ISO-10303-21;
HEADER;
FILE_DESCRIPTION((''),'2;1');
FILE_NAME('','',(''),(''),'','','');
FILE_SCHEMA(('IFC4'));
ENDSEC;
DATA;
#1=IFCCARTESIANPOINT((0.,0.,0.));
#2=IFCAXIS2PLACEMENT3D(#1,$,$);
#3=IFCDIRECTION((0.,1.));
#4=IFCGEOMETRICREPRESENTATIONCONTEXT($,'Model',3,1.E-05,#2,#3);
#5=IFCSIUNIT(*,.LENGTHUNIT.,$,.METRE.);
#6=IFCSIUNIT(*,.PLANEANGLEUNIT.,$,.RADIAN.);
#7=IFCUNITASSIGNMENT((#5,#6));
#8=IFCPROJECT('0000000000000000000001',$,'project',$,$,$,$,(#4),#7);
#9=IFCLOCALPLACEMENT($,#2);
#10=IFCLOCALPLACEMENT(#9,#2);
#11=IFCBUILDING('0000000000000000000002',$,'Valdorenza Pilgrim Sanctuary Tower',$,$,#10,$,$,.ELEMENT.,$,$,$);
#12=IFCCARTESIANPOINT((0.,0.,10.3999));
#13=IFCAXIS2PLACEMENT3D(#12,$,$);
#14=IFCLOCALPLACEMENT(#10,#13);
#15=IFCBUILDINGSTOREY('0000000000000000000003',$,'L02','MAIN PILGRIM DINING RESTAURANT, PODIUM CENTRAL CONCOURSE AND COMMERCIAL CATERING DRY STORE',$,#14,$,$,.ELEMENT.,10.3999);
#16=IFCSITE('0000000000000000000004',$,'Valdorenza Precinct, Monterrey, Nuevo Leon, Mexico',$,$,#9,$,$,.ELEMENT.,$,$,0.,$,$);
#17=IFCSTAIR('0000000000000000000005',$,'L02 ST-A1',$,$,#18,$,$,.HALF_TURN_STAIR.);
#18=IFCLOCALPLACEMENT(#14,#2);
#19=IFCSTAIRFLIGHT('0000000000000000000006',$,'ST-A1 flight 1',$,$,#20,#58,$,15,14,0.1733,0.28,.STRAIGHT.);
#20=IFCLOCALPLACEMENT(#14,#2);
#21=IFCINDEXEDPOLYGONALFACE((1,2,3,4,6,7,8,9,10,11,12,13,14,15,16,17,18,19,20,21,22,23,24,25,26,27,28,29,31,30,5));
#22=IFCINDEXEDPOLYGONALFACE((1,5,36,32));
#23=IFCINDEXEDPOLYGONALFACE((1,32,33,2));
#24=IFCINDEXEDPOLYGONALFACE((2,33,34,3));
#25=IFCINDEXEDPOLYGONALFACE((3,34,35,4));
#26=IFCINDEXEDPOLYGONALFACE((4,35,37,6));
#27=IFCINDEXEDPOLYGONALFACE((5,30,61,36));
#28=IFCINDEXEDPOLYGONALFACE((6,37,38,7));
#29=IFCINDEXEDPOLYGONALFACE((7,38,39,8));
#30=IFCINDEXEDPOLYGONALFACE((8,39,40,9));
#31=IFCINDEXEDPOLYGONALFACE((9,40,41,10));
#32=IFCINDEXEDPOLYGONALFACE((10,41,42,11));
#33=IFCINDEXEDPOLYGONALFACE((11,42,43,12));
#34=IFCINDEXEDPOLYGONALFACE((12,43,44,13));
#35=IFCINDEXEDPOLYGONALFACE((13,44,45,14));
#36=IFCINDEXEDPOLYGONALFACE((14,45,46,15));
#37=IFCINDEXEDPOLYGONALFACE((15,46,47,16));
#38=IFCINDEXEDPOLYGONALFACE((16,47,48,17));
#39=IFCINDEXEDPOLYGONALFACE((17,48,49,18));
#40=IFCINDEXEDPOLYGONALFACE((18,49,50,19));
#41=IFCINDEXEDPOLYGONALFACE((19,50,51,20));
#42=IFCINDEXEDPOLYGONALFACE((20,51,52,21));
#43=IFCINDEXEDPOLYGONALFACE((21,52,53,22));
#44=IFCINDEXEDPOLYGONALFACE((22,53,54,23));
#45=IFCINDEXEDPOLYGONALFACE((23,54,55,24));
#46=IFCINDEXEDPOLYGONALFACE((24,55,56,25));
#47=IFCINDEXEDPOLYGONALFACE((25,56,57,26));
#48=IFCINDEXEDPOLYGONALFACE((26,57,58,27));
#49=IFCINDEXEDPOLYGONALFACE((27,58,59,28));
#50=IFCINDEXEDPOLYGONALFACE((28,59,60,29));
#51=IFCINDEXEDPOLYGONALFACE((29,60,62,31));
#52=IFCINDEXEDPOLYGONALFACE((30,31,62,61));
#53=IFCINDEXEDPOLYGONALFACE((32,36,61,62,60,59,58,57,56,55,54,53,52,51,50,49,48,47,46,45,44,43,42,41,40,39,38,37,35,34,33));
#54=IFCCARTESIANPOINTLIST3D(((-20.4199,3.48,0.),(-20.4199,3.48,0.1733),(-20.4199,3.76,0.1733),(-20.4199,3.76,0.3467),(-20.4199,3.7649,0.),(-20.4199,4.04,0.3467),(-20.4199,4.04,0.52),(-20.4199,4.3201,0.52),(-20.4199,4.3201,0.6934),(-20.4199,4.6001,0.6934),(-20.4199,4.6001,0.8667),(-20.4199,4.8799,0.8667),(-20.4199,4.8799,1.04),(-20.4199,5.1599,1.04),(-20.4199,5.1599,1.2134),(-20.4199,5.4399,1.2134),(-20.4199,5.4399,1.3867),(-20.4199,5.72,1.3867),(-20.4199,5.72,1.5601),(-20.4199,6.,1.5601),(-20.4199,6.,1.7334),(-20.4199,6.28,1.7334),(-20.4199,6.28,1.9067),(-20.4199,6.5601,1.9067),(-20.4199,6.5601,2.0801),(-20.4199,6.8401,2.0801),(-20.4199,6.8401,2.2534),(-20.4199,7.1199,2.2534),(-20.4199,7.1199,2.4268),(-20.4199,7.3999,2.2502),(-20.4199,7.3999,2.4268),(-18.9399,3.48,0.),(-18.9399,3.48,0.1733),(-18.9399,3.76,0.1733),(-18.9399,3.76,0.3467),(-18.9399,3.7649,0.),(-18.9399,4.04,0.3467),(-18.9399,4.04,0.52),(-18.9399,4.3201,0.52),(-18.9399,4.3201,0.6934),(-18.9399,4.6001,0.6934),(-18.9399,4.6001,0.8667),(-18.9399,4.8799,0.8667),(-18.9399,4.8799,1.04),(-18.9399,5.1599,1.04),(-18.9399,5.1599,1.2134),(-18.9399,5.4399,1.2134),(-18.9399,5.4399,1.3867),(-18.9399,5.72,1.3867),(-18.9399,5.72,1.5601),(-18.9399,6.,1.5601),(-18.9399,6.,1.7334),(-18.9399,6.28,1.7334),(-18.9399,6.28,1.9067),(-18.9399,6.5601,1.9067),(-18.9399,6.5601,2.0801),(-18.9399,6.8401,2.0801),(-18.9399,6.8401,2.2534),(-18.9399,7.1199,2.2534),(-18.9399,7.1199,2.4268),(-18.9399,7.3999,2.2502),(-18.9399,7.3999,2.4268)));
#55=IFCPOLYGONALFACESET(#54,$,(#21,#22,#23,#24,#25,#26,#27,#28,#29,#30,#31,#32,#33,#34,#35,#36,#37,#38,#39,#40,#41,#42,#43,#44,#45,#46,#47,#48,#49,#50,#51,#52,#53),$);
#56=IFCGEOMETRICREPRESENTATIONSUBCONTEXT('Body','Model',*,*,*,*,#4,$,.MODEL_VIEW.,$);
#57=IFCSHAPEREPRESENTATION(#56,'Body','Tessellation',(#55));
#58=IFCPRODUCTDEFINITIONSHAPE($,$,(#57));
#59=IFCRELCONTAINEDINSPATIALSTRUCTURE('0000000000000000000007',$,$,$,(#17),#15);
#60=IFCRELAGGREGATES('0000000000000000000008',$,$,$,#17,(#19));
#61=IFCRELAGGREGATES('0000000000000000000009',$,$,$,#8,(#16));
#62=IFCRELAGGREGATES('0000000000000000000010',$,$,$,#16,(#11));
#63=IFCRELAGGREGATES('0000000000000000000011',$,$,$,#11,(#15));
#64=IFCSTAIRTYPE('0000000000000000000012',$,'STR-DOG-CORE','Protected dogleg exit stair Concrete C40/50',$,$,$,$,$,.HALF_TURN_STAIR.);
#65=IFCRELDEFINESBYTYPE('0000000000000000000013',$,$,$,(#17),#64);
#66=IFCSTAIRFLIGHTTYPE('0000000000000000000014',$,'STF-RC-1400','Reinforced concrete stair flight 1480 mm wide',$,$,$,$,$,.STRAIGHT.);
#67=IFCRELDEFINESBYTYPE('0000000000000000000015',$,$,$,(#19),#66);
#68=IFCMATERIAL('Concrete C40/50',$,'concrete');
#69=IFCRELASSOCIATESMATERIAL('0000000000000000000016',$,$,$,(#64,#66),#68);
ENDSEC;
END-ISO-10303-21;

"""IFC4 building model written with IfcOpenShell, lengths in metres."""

from ifc_helpers import new_model, si_unit, direction, frame, origin, place, context, subcontext, project, spatial, polyline, outline, extrude, material, type_object, element, aggregate, save


model = new_model("IFC4")

# Units and contexts
model_context = context("Model", 3, precision=1e-05, world=origin(), true_north=direction((0.0, 1.0)))
body_context = subcontext(model_context, "Body", "Model", "MODEL_VIEW")
ifc_project = project(units=[si_unit("LENGTHUNIT", "METRE"), si_unit("PLANEANGLEUNIT", "RADIAN")], contexts=[model_context])

# Site, building, storey
site_placement = place(None, origin())
site = spatial("IfcSite", under=ifc_project, at=site_placement, Name="Valdorenza Precinct, Monterrey, Nuevo Leon, Mexico", CompositionType="ELEMENT", RefElevation=0.0)
building_placement = place(site_placement, origin())
building = spatial("IfcBuilding", under=site, at=building_placement, Name="Valdorenza Pilgrim Sanctuary Tower", CompositionType="ELEMENT")
storey_placement = place(building_placement, frame((0.0, 0.0, 10.3999)))
storey = spatial("IfcBuildingStorey", under=building, at=storey_placement, Name="L02", Description="MAIN PILGRIM DINING RESTAURANT, PODIUM CENTRAL CONCOURSE AND COMMERCIAL CATERING DRY STORE", CompositionType="ELEMENT", Elevation=10.3999)

# Shared definitions
ifc_material_1 = material(Name="Concrete C40/50", Category="concrete")

# Stair, stair flight
stair_type = type_object("IfcStairType", Name="STR-DOG-CORE", Description="Protected dogleg exit stair Concrete C40/50", PredefinedType="HALF_TURN_STAIR", material=ifc_material_1)
stair_placement = place(storey_placement, origin())
stair = element("IfcStair", 1, at=stair_placement, inside=storey, type_object=stair_type, Name="L02 ST-A1", PredefinedType="HALF_TURN_STAIR")
stair_flight_type = type_object("IfcStairFlightType", Name="STF-RC-1400", Description="Reinforced concrete stair flight 1480 mm wide", PredefinedType="STRAIGHT", material=ifc_material_1)
stair_flight_placement = place(storey_placement, frame((-19.6799, 3.48, 0.0), z_axis=(0.0, 0.0, 1.0), x_axis=(0.0, 1.0, 0.0)))
stair_flight = element("IfcStairFlight", 2, at=stair_flight_placement, type_object=stair_flight_type, Name="ST-A1 flight 1", NumberOfRisers=15, NumberOfTreads=14, PredefinedType="STRAIGHT", RiserHeight=0.1733, TreadLength=0.28, context=body_context, shape_type="SweptSolid", body=[
    extrude(outline(polyline([(0.0, 0.0), (0.0, 0.1733), (0.28, 0.1733), (0.28, 0.3467), (0.5601, 0.3467), (0.5601, 0.52), (0.8401, 0.52), (0.8401, 0.6934), (1.1201, 0.6934), (1.1201, 0.8667), (1.3999, 0.8667), (1.3999, 1.04), (1.6799, 1.04), (1.6799, 1.2134), (1.96, 1.2134), (1.96, 1.3867), (2.24, 1.3867), (2.24, 1.5601), (2.52, 1.5601), (2.52, 1.7334), (2.8, 1.7334), (2.8, 1.9067), (3.0801, 1.9067), (3.0801, 2.0801), (3.3601, 2.0801), (3.3601, 2.2534), (3.6399, 2.2534), (3.6399, 2.4268), (3.9199, 2.4268), (3.9199, 2.6001), (3.9199, 2.2502), (0.2849, 0.0), (0.0, 0.0)])), frame((0.0, 0.74, 0.0), z_axis=(0.0, -1.0, 0.0), x_axis=(1.0, 0.0, 0.0)), (0.0, 0.0, 1.0), 1.48),
])
aggregate(stair, [stair_flight])

save(model, "model.ifc")
